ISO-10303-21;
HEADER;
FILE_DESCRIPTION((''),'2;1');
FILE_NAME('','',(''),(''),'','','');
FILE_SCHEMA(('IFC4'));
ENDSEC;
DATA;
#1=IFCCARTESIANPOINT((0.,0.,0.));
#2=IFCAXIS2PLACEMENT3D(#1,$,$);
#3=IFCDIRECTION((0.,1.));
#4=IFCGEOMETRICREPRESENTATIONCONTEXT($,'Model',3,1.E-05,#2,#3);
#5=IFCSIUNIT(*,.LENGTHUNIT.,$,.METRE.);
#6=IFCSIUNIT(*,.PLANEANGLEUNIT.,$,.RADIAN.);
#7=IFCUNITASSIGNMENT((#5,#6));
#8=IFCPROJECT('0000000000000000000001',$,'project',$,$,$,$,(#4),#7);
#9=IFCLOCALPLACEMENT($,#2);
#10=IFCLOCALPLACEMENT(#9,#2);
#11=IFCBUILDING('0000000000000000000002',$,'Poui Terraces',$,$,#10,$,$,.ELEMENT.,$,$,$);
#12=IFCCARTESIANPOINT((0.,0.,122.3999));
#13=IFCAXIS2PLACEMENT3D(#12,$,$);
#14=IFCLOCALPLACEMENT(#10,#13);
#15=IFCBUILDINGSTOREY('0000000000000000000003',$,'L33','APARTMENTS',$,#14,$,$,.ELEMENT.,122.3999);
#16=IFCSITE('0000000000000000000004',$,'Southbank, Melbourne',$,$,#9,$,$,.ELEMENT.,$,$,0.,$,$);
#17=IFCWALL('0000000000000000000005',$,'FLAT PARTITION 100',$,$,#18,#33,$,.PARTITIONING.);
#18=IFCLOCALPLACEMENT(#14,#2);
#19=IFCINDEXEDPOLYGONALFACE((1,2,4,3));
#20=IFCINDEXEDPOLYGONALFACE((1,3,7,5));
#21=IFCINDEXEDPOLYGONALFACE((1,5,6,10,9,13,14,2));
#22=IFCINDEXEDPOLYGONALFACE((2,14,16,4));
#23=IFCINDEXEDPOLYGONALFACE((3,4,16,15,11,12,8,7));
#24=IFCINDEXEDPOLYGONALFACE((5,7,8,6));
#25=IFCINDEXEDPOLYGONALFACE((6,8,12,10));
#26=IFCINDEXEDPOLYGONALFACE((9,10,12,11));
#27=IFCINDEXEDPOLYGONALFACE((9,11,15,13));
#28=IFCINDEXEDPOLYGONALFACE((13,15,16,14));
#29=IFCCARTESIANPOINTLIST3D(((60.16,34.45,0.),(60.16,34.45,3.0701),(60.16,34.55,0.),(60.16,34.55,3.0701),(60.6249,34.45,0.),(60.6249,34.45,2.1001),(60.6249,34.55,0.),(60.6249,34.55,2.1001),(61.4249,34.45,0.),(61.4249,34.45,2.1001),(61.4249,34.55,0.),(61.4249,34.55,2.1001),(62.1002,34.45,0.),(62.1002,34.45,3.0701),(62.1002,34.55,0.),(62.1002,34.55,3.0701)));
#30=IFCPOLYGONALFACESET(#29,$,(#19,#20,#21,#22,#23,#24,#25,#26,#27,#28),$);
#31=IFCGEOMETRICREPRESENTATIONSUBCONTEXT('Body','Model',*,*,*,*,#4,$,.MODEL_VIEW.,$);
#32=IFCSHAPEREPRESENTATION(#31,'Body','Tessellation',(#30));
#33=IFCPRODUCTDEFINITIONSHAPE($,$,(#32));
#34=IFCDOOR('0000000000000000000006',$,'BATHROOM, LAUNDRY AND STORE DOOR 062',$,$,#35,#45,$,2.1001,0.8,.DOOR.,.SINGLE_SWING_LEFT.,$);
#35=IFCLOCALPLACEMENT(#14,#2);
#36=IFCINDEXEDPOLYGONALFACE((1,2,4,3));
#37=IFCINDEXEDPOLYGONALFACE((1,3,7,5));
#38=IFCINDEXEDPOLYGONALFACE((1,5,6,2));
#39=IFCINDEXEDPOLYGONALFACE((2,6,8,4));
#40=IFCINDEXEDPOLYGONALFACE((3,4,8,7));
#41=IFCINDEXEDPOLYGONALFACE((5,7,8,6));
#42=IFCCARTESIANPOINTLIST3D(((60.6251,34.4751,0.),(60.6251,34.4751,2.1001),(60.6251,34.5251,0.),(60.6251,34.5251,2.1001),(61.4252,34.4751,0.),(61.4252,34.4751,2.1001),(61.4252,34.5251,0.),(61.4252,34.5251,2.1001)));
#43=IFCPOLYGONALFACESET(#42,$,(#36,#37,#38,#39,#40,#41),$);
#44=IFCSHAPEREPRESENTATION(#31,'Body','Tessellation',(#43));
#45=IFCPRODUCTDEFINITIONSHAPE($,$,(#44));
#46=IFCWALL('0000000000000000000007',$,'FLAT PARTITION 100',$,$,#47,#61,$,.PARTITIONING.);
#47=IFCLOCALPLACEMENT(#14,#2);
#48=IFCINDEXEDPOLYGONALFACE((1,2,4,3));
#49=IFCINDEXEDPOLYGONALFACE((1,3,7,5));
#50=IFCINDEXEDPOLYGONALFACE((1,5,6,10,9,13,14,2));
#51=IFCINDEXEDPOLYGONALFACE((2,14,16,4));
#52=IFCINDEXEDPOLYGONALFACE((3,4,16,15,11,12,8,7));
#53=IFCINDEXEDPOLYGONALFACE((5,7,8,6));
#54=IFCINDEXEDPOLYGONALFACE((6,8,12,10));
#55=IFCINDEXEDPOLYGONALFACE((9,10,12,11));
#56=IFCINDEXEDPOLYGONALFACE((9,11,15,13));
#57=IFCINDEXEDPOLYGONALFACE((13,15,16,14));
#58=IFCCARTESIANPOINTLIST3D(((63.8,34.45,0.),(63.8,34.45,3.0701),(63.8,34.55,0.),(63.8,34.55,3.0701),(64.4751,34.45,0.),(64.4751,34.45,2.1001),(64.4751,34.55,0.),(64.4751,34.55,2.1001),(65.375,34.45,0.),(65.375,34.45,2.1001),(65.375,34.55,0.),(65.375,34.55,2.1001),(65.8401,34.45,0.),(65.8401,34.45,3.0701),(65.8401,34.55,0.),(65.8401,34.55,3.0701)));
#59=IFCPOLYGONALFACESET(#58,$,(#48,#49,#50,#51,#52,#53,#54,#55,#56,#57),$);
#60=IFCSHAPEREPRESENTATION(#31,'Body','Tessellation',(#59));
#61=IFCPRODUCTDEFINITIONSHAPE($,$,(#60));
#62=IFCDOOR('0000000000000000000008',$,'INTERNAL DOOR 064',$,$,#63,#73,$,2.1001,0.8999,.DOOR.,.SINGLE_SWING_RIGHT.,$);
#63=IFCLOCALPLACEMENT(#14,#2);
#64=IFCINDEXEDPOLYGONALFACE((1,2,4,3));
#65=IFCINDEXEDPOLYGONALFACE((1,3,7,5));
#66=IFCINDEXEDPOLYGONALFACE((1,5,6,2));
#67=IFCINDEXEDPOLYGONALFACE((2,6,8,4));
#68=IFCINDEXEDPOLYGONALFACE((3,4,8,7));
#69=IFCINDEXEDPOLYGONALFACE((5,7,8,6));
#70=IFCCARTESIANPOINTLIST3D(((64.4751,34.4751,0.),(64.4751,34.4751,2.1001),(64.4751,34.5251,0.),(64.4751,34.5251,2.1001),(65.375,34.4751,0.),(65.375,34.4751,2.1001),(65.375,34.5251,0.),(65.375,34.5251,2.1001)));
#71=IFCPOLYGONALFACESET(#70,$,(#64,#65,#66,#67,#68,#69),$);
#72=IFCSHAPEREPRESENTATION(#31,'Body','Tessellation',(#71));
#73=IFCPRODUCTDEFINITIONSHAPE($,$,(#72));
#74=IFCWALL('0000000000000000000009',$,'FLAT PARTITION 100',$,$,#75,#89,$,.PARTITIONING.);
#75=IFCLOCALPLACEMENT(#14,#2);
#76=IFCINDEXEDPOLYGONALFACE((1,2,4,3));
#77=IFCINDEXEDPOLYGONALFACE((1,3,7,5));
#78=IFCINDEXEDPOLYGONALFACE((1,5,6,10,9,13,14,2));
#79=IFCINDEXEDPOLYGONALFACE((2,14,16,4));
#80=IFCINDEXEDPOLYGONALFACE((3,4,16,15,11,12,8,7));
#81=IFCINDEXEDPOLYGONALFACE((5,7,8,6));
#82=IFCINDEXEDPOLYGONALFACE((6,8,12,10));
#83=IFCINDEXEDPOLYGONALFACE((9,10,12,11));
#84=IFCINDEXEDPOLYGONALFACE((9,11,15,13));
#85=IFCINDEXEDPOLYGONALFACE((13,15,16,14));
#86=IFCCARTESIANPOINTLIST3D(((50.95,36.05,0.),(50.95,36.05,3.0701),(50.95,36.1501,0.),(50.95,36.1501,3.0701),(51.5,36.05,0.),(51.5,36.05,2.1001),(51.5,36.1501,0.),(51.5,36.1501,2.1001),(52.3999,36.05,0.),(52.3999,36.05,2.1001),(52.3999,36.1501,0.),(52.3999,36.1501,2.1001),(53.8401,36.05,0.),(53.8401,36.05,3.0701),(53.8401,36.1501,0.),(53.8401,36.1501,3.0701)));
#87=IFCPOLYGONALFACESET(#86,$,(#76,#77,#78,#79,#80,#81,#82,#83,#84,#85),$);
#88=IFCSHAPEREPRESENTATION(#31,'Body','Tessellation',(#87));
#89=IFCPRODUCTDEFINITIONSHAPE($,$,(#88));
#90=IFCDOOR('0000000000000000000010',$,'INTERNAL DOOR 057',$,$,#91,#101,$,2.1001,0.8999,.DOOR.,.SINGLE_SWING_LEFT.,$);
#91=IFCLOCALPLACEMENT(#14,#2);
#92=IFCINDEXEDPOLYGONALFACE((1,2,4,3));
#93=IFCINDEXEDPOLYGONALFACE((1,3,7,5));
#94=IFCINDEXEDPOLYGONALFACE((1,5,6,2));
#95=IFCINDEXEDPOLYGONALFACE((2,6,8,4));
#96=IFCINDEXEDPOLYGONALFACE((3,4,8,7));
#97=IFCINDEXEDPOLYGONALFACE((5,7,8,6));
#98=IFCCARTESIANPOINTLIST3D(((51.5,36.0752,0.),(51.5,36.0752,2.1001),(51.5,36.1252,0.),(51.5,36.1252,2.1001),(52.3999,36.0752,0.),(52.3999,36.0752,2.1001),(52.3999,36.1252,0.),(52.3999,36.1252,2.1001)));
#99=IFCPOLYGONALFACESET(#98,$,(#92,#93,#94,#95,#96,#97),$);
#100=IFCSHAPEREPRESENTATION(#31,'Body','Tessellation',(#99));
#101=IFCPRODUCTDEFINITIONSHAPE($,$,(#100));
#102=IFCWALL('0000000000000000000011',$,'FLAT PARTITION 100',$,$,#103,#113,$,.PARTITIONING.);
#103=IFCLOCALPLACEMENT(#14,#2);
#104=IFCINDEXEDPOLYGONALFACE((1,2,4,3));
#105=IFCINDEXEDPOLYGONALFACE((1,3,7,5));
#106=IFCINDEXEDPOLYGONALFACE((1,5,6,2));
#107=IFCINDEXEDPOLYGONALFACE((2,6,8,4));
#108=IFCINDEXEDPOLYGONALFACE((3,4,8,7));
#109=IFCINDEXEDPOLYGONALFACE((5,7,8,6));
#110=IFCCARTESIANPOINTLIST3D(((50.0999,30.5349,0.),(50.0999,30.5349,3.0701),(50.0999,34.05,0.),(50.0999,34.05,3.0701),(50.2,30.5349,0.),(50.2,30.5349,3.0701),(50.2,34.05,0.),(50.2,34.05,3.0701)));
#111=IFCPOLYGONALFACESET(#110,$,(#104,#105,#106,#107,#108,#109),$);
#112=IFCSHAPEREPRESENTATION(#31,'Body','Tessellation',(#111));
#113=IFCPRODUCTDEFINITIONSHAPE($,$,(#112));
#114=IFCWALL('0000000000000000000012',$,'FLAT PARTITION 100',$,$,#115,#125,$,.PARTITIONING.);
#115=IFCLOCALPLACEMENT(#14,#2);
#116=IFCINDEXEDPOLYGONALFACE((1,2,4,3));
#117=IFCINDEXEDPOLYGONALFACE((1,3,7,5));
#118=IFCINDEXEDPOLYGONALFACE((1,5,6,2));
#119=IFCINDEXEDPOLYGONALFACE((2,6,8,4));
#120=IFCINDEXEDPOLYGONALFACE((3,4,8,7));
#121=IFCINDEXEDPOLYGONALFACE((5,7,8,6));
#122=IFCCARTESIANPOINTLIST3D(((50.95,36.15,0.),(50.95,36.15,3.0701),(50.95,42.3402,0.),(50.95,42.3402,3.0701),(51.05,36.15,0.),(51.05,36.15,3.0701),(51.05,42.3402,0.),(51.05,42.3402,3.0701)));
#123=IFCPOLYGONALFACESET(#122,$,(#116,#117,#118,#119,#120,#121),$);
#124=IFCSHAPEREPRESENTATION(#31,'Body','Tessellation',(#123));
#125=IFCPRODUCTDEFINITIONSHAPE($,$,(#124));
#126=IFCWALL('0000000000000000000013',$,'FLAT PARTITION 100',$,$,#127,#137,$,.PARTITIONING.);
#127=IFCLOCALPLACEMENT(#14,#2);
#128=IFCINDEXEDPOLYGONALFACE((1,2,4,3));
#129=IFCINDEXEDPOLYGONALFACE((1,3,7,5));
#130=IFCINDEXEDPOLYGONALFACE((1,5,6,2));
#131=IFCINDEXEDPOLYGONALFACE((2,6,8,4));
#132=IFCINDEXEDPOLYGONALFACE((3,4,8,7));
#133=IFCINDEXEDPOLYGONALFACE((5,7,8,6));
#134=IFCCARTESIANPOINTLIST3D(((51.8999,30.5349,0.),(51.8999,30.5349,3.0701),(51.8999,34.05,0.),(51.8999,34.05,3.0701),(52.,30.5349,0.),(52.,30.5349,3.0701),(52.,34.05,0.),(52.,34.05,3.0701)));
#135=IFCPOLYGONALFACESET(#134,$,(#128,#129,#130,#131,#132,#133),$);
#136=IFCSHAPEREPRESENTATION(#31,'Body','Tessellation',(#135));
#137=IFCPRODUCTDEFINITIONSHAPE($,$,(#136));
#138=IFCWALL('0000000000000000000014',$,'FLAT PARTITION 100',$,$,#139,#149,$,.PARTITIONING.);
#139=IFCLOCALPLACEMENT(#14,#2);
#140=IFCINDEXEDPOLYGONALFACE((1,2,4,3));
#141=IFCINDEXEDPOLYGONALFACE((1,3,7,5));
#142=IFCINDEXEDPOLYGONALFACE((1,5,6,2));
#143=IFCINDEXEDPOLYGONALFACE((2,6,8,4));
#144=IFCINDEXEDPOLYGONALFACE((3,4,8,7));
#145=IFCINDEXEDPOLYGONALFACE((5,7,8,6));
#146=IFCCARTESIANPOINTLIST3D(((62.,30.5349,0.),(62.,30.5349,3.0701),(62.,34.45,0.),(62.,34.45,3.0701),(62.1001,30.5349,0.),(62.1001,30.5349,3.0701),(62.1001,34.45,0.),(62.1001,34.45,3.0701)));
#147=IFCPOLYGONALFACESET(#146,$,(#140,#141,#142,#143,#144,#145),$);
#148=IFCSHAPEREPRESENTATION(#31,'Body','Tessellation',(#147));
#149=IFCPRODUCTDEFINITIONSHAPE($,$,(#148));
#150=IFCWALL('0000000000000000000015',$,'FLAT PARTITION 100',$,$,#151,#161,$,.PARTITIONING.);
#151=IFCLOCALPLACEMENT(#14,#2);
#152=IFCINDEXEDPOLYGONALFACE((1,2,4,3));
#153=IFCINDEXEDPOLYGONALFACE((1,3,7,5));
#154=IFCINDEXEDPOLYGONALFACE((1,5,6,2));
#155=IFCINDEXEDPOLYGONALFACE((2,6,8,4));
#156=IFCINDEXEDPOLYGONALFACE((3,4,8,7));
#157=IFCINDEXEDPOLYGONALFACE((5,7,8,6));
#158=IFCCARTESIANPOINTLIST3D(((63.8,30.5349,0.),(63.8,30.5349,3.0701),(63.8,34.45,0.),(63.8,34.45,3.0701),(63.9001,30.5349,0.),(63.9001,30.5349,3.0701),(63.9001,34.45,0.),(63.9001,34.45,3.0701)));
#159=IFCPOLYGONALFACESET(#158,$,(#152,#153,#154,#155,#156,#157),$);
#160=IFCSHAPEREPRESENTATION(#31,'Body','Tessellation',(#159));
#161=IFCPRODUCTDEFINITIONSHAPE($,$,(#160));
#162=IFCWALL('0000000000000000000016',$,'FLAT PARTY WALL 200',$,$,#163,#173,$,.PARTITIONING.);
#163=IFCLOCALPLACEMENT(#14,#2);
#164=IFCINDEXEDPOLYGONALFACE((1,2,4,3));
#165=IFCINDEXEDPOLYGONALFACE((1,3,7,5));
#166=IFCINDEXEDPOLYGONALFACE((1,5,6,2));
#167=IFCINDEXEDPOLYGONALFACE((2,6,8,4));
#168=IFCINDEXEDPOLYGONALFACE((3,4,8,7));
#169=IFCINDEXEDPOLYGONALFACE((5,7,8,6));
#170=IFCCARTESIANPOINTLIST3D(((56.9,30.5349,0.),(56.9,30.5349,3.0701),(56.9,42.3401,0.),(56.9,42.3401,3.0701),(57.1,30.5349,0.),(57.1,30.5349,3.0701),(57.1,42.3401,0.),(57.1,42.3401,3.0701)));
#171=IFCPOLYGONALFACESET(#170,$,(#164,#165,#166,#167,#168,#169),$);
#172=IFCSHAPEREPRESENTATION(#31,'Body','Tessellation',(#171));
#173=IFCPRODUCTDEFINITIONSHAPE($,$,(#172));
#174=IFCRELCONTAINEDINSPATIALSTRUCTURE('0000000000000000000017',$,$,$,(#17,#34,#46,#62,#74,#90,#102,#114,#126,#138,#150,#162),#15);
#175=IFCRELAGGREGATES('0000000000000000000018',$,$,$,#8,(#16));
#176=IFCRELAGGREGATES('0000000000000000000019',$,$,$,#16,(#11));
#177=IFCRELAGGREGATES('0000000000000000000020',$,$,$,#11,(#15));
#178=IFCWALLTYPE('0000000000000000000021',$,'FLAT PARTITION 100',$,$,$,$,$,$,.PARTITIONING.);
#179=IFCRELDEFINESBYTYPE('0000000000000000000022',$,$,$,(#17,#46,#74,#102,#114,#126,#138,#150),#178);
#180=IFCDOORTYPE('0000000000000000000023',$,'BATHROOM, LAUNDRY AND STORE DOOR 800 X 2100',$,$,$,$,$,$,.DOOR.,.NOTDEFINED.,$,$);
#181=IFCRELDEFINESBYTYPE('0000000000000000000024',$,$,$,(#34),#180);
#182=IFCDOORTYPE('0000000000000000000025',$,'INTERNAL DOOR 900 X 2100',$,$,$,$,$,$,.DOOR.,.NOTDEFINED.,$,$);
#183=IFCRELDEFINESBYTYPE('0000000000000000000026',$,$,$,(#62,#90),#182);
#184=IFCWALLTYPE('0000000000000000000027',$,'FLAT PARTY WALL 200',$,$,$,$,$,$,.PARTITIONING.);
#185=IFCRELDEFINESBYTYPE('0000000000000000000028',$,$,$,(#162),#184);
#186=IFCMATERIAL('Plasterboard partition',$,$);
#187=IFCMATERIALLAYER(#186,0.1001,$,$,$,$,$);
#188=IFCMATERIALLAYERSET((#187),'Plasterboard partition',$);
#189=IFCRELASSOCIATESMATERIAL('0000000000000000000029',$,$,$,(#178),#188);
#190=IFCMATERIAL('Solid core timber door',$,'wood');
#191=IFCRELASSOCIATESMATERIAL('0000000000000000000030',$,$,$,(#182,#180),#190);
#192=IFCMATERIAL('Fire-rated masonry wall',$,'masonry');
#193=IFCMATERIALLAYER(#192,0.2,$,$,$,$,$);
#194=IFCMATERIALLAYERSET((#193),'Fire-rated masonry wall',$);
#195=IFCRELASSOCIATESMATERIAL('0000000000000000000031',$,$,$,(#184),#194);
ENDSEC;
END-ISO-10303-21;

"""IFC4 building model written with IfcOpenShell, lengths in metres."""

from ifc_helpers import new_model, si_unit, direction, frame, frame_2d, origin, place, context, subcontext, project, spatial, rectangle, extrude, material, layer, layer_set, type_object, element, fill, save


model = new_model("IFC4")

# Units and contexts
model_context = context("Model", 3, precision=1e-05, world=origin(), true_north=direction((0.0, 1.0)))
body_context = subcontext(model_context, "Body", "Model", "MODEL_VIEW")
ifc_project = project(units=[si_unit("LENGTHUNIT", "METRE"), si_unit("PLANEANGLEUNIT", "RADIAN")], contexts=[model_context])

# Site, building, storey
site_placement = place(None, origin())
site = spatial("IfcSite", under=ifc_project, at=site_placement, Name="Southbank, Melbourne", CompositionType="ELEMENT", RefElevation=0.0)
building_placement = place(site_placement, origin())
building = spatial("IfcBuilding", under=site, at=building_placement, Name="Poui Terraces", CompositionType="ELEMENT")
storey_placement = place(building_placement, frame((0.0, 0.0, 122.3999)))
storey = spatial("IfcBuildingStorey", under=building, at=storey_placement, Name="L33", Description="APARTMENTS", CompositionType="ELEMENT", Elevation=122.3999)

# Walls, openings, doors
ifc_material_1 = material(Name="Plasterboard partition")
ifc_layer_1 = layer(ifc_material_1, 0.1001)
ifc_layer_set_1 = layer_set([ifc_layer_1], Name="Plasterboard partition")
wall_type_1 = type_object("IfcWallType", Name="FLAT PARTITION 100", PredefinedType="PARTITIONING", material=ifc_layer_set_1)
ifc_material_2 = material(Name="Solid core timber door", Category="wood")
door_type_1 = type_object("IfcDoorType", Name="INTERNAL DOOR 900 X 2100", OperationType="NOTDEFINED", PredefinedType="DOOR", material=ifc_material_2)
door_type_2 = type_object("IfcDoorType", Name="BATHROOM, LAUNDRY AND STORE DOOR 800 X 2100", OperationType="NOTDEFINED", PredefinedType="DOOR", material=ifc_material_2)
wall_1_placement = place(storey_placement, frame((60.1599, 34.5, 0.0), z_axis=(0.0, 0.0, 1.0), x_axis=(1.0, 0.0, 0.0)))
wall_1 = element("IfcWall", 1, at=wall_1_placement, inside=storey, type_object=wall_type_1, Name="FLAT PARTITION 100", PredefinedType="PARTITIONING", context=body_context, shape_type="SweptSolid", body=[
    extrude(rectangle(XDim=1.9402, YDim=0.1001, at=frame_2d((0.9702, 0.0))), origin(), (0.0, 0.0, 1.0), 3.0701),
])
opening_1_placement = place(wall_1_placement, frame((0.4651, 0.0, 0.0)))
opening_1 = element("IfcOpeningElement", 2, at=opening_1_placement, cuts=wall_1, PredefinedType="OPENING", context=body_context, shape_type="SweptSolid", body=[
    extrude(rectangle(XDim=0.8, YDim=2.1001, at=frame_2d((0.3999, 1.05))), frame((0.0, 0.0601, 0.0), z_axis=(0.0, -1.0, 0.0), x_axis=(1.0, 0.0, 0.0)), (0.0, 0.0, 1.0), 0.1201),
])
door_1_placement = place(opening_1_placement, frame((0.8, 0.0, 0.0), z_axis=(0.0, 0.0, 1.0), x_axis=(-1.0, 0.0, 0.0)))
door_1 = element("IfcDoor", 3, at=door_1_placement, inside=storey, type_object=door_type_2, Name="BATHROOM, LAUNDRY AND STORE DOOR 062", OperationType="SINGLE_SWING_LEFT", OverallHeight=2.1001, OverallWidth=0.8, PredefinedType="DOOR", context=body_context, shape_type="SweptSolid", body=[
    extrude(rectangle(XDim=0.8, YDim=2.1001, at=frame_2d((0.3999, 1.05))), frame((0.0, 0.0249, 0.0), z_axis=(0.0, -1.0, 0.0), x_axis=(1.0, 0.0, 0.0)), (0.0, 0.0, 1.0), 0.05),
])
fill(opening_1, door_1)
wall_2_placement = place(storey_placement, frame((63.8, 34.5, 0.0), z_axis=(0.0, 0.0, 1.0), x_axis=(1.0, 0.0, 0.0)))
wall_2 = element("IfcWall", 4, at=wall_2_placement, inside=storey, type_object=wall_type_1, Name="FLAT PARTITION 100", PredefinedType="PARTITIONING", context=body_context, shape_type="SweptSolid", body=[
    extrude(rectangle(XDim=2.04, YDim=0.1001, at=frame_2d((1.02, 0.0))), origin(), (0.0, 0.0, 1.0), 3.0701),
])
opening_2_placement = place(wall_2_placement, frame((0.675, 0.0, 0.0)))
opening_2 = element("IfcOpeningElement", 5, at=opening_2_placement, cuts=wall_2, PredefinedType="OPENING", context=body_context, shape_type="SweptSolid", body=[
    extrude(rectangle(XDim=0.8999, YDim=2.1001, at=frame_2d((0.45, 1.05))), frame((0.0, 0.0601, 0.0), z_axis=(0.0, -1.0, 0.0), x_axis=(1.0, 0.0, 0.0)), (0.0, 0.0, 1.0), 0.1201),
])
door_2_placement = place(opening_2_placement, frame((0.8999, 0.0, 0.0), z_axis=(0.0, 0.0, 1.0), x_axis=(-1.0, 0.0, 0.0)))
door_2 = element("IfcDoor", 6, at=door_2_placement, inside=storey, type_object=door_type_1, Name="INTERNAL DOOR 064", OperationType="SINGLE_SWING_RIGHT", OverallHeight=2.1001, OverallWidth=0.8999, PredefinedType="DOOR", context=body_context, shape_type="SweptSolid", body=[
    extrude(rectangle(XDim=0.8999, YDim=2.1001, at=frame_2d((0.45, 1.05))), frame((0.0, 0.0249, 0.0), z_axis=(0.0, -1.0, 0.0), x_axis=(1.0, 0.0, 0.0)), (0.0, 0.0, 1.0), 0.05),
])
fill(opening_2, door_2)
wall_3_placement = place(storey_placement, frame((50.95, 36.1001, 0.0), z_axis=(0.0, 0.0, 1.0), x_axis=(1.0, 0.0, 0.0)))
wall_3 = element("IfcWall", 7, at=wall_3_placement, inside=storey, type_object=wall_type_1, Name="FLAT PARTITION 100", PredefinedType="PARTITIONING", context=body_context, shape_type="SweptSolid", body=[
    extrude(rectangle(XDim=2.8901, YDim=0.1001, at=frame_2d((1.4451, 0.0))), origin(), (0.0, 0.0, 1.0), 3.0701),
])
opening_3_placement = place(wall_3_placement, frame((0.55, 0.0, 0.0)))
opening_3 = element("IfcOpeningElement", 8, at=opening_3_placement, cuts=wall_3, PredefinedType="OPENING", context=body_context, shape_type="SweptSolid", body=[
    extrude(rectangle(XDim=0.8999, YDim=2.1001, at=frame_2d((0.45, 1.05))), frame((0.0, 0.0601, 0.0), z_axis=(0.0, -1.0, 0.0), x_axis=(1.0, 0.0, 0.0)), (0.0, 0.0, 1.0), 0.1201),
])
door_3_placement = place(opening_3_placement, frame((0.8999, 0.0, 0.0), z_axis=(0.0, 0.0, 1.0), x_axis=(-1.0, 0.0, 0.0)))
door_3 = element("IfcDoor", 9, at=door_3_placement, inside=storey, type_object=door_type_1, Name="INTERNAL DOOR 057", OperationType="SINGLE_SWING_LEFT", OverallHeight=2.1001, OverallWidth=0.8999, PredefinedType="DOOR", context=body_context, shape_type="SweptSolid", body=[
    extrude(rectangle(XDim=0.8999, YDim=2.1001, at=frame_2d((0.45, 1.05))), frame((0.0, 0.0249, 0.0), z_axis=(0.0, -1.0, 0.0), x_axis=(1.0, 0.0, 0.0)), (0.0, 0.0, 1.0), 0.05),
])
fill(opening_3, door_3)

# Walls
wall_4_placement = place(storey_placement, frame((50.1499, 30.5349, 0.0), z_axis=(0.0, 0.0, 1.0), x_axis=(0.0, 1.0, 0.0)))
element("IfcWall", 10, at=wall_4_placement, inside=storey, type_object=wall_type_1, Name="FLAT PARTITION 100", PredefinedType="PARTITIONING", context=body_context, shape_type="SweptSolid", body=[
    extrude(rectangle(XDim=3.5151, YDim=0.1001, at=frame_2d((1.7576, 0.0))), origin(), (0.0, 0.0, 1.0), 3.0701),
])
wall_5_placement = place(storey_placement, frame((51.0, 36.1499, 0.0), z_axis=(0.0, 0.0, 1.0), x_axis=(0.0, 1.0, 0.0)))
element("IfcWall", 11, at=wall_5_placement, inside=storey, type_object=wall_type_1, Name="FLAT PARTITION 100", PredefinedType="PARTITIONING", context=body_context, shape_type="SweptSolid", body=[
    extrude(rectangle(XDim=6.1902, YDim=0.1001, at=frame_2d((3.0952, 0.0))), origin(), (0.0, 0.0, 1.0), 3.0701),
])
wall_6_placement = place(storey_placement, frame((51.95, 30.5349, 0.0), z_axis=(0.0, 0.0, 1.0), x_axis=(0.0, 1.0, 0.0)))
element("IfcWall", 12, at=wall_6_placement, inside=storey, type_object=wall_type_1, Name="FLAT PARTITION 100", PredefinedType="PARTITIONING", context=body_context, shape_type="SweptSolid", body=[
    extrude(rectangle(XDim=3.5151, YDim=0.1001, at=frame_2d((1.7576, 0.0))), origin(), (0.0, 0.0, 1.0), 3.0701),
])
for number, where, z_axis, x_axis, name in (
    (13, (62.05, 30.5349, 0.0), (0.0, 0.0, 1.0), (0.0, 1.0, 0.0), "FLAT PARTITION 100"),
    (14, (63.8501, 30.5349, 0.0), (0.0, 0.0, 1.0), (0.0, 1.0, 0.0), "FLAT PARTITION 100"),
):
    element("IfcWall", number, at=place(storey_placement, frame(where, z_axis=z_axis, x_axis=x_axis)), inside=storey, type_object=wall_type_1, Name=name, PredefinedType="PARTITIONING", context=body_context, shape_type="SweptSolid", body=[
        extrude(rectangle(XDim=3.915, YDim=0.1001, at=frame_2d((1.9575, 0.0))), origin(), (0.0, 0.0, 1.0), 3.0701),
    ])
ifc_material_3 = material(Name="Fire-rated masonry wall", Category="masonry")
ifc_layer_2 = layer(ifc_material_3, 0.2)
ifc_layer_set_2 = layer_set([ifc_layer_2], Name="Fire-rated masonry wall")
wall_type_2 = type_object("IfcWallType", Name="FLAT PARTY WALL 200", PredefinedType="PARTITIONING", material=ifc_layer_set_2)
wall_7_placement = place(storey_placement, frame((57.0, 30.5349, 0.0), z_axis=(0.0, 0.0, 1.0), x_axis=(0.0, 1.0, 0.0)))
element("IfcWall", 15, at=wall_7_placement, inside=storey, type_object=wall_type_2, Name="FLAT PARTY WALL 200", PredefinedType="PARTITIONING", context=body_context, shape_type="SweptSolid", body=[
    extrude(rectangle(XDim=11.8052, YDim=0.2, at=frame_2d((5.9026, 0.0))), origin(), (0.0, 0.0, 1.0), 3.0701),
])

save(model, "model.ifc")
